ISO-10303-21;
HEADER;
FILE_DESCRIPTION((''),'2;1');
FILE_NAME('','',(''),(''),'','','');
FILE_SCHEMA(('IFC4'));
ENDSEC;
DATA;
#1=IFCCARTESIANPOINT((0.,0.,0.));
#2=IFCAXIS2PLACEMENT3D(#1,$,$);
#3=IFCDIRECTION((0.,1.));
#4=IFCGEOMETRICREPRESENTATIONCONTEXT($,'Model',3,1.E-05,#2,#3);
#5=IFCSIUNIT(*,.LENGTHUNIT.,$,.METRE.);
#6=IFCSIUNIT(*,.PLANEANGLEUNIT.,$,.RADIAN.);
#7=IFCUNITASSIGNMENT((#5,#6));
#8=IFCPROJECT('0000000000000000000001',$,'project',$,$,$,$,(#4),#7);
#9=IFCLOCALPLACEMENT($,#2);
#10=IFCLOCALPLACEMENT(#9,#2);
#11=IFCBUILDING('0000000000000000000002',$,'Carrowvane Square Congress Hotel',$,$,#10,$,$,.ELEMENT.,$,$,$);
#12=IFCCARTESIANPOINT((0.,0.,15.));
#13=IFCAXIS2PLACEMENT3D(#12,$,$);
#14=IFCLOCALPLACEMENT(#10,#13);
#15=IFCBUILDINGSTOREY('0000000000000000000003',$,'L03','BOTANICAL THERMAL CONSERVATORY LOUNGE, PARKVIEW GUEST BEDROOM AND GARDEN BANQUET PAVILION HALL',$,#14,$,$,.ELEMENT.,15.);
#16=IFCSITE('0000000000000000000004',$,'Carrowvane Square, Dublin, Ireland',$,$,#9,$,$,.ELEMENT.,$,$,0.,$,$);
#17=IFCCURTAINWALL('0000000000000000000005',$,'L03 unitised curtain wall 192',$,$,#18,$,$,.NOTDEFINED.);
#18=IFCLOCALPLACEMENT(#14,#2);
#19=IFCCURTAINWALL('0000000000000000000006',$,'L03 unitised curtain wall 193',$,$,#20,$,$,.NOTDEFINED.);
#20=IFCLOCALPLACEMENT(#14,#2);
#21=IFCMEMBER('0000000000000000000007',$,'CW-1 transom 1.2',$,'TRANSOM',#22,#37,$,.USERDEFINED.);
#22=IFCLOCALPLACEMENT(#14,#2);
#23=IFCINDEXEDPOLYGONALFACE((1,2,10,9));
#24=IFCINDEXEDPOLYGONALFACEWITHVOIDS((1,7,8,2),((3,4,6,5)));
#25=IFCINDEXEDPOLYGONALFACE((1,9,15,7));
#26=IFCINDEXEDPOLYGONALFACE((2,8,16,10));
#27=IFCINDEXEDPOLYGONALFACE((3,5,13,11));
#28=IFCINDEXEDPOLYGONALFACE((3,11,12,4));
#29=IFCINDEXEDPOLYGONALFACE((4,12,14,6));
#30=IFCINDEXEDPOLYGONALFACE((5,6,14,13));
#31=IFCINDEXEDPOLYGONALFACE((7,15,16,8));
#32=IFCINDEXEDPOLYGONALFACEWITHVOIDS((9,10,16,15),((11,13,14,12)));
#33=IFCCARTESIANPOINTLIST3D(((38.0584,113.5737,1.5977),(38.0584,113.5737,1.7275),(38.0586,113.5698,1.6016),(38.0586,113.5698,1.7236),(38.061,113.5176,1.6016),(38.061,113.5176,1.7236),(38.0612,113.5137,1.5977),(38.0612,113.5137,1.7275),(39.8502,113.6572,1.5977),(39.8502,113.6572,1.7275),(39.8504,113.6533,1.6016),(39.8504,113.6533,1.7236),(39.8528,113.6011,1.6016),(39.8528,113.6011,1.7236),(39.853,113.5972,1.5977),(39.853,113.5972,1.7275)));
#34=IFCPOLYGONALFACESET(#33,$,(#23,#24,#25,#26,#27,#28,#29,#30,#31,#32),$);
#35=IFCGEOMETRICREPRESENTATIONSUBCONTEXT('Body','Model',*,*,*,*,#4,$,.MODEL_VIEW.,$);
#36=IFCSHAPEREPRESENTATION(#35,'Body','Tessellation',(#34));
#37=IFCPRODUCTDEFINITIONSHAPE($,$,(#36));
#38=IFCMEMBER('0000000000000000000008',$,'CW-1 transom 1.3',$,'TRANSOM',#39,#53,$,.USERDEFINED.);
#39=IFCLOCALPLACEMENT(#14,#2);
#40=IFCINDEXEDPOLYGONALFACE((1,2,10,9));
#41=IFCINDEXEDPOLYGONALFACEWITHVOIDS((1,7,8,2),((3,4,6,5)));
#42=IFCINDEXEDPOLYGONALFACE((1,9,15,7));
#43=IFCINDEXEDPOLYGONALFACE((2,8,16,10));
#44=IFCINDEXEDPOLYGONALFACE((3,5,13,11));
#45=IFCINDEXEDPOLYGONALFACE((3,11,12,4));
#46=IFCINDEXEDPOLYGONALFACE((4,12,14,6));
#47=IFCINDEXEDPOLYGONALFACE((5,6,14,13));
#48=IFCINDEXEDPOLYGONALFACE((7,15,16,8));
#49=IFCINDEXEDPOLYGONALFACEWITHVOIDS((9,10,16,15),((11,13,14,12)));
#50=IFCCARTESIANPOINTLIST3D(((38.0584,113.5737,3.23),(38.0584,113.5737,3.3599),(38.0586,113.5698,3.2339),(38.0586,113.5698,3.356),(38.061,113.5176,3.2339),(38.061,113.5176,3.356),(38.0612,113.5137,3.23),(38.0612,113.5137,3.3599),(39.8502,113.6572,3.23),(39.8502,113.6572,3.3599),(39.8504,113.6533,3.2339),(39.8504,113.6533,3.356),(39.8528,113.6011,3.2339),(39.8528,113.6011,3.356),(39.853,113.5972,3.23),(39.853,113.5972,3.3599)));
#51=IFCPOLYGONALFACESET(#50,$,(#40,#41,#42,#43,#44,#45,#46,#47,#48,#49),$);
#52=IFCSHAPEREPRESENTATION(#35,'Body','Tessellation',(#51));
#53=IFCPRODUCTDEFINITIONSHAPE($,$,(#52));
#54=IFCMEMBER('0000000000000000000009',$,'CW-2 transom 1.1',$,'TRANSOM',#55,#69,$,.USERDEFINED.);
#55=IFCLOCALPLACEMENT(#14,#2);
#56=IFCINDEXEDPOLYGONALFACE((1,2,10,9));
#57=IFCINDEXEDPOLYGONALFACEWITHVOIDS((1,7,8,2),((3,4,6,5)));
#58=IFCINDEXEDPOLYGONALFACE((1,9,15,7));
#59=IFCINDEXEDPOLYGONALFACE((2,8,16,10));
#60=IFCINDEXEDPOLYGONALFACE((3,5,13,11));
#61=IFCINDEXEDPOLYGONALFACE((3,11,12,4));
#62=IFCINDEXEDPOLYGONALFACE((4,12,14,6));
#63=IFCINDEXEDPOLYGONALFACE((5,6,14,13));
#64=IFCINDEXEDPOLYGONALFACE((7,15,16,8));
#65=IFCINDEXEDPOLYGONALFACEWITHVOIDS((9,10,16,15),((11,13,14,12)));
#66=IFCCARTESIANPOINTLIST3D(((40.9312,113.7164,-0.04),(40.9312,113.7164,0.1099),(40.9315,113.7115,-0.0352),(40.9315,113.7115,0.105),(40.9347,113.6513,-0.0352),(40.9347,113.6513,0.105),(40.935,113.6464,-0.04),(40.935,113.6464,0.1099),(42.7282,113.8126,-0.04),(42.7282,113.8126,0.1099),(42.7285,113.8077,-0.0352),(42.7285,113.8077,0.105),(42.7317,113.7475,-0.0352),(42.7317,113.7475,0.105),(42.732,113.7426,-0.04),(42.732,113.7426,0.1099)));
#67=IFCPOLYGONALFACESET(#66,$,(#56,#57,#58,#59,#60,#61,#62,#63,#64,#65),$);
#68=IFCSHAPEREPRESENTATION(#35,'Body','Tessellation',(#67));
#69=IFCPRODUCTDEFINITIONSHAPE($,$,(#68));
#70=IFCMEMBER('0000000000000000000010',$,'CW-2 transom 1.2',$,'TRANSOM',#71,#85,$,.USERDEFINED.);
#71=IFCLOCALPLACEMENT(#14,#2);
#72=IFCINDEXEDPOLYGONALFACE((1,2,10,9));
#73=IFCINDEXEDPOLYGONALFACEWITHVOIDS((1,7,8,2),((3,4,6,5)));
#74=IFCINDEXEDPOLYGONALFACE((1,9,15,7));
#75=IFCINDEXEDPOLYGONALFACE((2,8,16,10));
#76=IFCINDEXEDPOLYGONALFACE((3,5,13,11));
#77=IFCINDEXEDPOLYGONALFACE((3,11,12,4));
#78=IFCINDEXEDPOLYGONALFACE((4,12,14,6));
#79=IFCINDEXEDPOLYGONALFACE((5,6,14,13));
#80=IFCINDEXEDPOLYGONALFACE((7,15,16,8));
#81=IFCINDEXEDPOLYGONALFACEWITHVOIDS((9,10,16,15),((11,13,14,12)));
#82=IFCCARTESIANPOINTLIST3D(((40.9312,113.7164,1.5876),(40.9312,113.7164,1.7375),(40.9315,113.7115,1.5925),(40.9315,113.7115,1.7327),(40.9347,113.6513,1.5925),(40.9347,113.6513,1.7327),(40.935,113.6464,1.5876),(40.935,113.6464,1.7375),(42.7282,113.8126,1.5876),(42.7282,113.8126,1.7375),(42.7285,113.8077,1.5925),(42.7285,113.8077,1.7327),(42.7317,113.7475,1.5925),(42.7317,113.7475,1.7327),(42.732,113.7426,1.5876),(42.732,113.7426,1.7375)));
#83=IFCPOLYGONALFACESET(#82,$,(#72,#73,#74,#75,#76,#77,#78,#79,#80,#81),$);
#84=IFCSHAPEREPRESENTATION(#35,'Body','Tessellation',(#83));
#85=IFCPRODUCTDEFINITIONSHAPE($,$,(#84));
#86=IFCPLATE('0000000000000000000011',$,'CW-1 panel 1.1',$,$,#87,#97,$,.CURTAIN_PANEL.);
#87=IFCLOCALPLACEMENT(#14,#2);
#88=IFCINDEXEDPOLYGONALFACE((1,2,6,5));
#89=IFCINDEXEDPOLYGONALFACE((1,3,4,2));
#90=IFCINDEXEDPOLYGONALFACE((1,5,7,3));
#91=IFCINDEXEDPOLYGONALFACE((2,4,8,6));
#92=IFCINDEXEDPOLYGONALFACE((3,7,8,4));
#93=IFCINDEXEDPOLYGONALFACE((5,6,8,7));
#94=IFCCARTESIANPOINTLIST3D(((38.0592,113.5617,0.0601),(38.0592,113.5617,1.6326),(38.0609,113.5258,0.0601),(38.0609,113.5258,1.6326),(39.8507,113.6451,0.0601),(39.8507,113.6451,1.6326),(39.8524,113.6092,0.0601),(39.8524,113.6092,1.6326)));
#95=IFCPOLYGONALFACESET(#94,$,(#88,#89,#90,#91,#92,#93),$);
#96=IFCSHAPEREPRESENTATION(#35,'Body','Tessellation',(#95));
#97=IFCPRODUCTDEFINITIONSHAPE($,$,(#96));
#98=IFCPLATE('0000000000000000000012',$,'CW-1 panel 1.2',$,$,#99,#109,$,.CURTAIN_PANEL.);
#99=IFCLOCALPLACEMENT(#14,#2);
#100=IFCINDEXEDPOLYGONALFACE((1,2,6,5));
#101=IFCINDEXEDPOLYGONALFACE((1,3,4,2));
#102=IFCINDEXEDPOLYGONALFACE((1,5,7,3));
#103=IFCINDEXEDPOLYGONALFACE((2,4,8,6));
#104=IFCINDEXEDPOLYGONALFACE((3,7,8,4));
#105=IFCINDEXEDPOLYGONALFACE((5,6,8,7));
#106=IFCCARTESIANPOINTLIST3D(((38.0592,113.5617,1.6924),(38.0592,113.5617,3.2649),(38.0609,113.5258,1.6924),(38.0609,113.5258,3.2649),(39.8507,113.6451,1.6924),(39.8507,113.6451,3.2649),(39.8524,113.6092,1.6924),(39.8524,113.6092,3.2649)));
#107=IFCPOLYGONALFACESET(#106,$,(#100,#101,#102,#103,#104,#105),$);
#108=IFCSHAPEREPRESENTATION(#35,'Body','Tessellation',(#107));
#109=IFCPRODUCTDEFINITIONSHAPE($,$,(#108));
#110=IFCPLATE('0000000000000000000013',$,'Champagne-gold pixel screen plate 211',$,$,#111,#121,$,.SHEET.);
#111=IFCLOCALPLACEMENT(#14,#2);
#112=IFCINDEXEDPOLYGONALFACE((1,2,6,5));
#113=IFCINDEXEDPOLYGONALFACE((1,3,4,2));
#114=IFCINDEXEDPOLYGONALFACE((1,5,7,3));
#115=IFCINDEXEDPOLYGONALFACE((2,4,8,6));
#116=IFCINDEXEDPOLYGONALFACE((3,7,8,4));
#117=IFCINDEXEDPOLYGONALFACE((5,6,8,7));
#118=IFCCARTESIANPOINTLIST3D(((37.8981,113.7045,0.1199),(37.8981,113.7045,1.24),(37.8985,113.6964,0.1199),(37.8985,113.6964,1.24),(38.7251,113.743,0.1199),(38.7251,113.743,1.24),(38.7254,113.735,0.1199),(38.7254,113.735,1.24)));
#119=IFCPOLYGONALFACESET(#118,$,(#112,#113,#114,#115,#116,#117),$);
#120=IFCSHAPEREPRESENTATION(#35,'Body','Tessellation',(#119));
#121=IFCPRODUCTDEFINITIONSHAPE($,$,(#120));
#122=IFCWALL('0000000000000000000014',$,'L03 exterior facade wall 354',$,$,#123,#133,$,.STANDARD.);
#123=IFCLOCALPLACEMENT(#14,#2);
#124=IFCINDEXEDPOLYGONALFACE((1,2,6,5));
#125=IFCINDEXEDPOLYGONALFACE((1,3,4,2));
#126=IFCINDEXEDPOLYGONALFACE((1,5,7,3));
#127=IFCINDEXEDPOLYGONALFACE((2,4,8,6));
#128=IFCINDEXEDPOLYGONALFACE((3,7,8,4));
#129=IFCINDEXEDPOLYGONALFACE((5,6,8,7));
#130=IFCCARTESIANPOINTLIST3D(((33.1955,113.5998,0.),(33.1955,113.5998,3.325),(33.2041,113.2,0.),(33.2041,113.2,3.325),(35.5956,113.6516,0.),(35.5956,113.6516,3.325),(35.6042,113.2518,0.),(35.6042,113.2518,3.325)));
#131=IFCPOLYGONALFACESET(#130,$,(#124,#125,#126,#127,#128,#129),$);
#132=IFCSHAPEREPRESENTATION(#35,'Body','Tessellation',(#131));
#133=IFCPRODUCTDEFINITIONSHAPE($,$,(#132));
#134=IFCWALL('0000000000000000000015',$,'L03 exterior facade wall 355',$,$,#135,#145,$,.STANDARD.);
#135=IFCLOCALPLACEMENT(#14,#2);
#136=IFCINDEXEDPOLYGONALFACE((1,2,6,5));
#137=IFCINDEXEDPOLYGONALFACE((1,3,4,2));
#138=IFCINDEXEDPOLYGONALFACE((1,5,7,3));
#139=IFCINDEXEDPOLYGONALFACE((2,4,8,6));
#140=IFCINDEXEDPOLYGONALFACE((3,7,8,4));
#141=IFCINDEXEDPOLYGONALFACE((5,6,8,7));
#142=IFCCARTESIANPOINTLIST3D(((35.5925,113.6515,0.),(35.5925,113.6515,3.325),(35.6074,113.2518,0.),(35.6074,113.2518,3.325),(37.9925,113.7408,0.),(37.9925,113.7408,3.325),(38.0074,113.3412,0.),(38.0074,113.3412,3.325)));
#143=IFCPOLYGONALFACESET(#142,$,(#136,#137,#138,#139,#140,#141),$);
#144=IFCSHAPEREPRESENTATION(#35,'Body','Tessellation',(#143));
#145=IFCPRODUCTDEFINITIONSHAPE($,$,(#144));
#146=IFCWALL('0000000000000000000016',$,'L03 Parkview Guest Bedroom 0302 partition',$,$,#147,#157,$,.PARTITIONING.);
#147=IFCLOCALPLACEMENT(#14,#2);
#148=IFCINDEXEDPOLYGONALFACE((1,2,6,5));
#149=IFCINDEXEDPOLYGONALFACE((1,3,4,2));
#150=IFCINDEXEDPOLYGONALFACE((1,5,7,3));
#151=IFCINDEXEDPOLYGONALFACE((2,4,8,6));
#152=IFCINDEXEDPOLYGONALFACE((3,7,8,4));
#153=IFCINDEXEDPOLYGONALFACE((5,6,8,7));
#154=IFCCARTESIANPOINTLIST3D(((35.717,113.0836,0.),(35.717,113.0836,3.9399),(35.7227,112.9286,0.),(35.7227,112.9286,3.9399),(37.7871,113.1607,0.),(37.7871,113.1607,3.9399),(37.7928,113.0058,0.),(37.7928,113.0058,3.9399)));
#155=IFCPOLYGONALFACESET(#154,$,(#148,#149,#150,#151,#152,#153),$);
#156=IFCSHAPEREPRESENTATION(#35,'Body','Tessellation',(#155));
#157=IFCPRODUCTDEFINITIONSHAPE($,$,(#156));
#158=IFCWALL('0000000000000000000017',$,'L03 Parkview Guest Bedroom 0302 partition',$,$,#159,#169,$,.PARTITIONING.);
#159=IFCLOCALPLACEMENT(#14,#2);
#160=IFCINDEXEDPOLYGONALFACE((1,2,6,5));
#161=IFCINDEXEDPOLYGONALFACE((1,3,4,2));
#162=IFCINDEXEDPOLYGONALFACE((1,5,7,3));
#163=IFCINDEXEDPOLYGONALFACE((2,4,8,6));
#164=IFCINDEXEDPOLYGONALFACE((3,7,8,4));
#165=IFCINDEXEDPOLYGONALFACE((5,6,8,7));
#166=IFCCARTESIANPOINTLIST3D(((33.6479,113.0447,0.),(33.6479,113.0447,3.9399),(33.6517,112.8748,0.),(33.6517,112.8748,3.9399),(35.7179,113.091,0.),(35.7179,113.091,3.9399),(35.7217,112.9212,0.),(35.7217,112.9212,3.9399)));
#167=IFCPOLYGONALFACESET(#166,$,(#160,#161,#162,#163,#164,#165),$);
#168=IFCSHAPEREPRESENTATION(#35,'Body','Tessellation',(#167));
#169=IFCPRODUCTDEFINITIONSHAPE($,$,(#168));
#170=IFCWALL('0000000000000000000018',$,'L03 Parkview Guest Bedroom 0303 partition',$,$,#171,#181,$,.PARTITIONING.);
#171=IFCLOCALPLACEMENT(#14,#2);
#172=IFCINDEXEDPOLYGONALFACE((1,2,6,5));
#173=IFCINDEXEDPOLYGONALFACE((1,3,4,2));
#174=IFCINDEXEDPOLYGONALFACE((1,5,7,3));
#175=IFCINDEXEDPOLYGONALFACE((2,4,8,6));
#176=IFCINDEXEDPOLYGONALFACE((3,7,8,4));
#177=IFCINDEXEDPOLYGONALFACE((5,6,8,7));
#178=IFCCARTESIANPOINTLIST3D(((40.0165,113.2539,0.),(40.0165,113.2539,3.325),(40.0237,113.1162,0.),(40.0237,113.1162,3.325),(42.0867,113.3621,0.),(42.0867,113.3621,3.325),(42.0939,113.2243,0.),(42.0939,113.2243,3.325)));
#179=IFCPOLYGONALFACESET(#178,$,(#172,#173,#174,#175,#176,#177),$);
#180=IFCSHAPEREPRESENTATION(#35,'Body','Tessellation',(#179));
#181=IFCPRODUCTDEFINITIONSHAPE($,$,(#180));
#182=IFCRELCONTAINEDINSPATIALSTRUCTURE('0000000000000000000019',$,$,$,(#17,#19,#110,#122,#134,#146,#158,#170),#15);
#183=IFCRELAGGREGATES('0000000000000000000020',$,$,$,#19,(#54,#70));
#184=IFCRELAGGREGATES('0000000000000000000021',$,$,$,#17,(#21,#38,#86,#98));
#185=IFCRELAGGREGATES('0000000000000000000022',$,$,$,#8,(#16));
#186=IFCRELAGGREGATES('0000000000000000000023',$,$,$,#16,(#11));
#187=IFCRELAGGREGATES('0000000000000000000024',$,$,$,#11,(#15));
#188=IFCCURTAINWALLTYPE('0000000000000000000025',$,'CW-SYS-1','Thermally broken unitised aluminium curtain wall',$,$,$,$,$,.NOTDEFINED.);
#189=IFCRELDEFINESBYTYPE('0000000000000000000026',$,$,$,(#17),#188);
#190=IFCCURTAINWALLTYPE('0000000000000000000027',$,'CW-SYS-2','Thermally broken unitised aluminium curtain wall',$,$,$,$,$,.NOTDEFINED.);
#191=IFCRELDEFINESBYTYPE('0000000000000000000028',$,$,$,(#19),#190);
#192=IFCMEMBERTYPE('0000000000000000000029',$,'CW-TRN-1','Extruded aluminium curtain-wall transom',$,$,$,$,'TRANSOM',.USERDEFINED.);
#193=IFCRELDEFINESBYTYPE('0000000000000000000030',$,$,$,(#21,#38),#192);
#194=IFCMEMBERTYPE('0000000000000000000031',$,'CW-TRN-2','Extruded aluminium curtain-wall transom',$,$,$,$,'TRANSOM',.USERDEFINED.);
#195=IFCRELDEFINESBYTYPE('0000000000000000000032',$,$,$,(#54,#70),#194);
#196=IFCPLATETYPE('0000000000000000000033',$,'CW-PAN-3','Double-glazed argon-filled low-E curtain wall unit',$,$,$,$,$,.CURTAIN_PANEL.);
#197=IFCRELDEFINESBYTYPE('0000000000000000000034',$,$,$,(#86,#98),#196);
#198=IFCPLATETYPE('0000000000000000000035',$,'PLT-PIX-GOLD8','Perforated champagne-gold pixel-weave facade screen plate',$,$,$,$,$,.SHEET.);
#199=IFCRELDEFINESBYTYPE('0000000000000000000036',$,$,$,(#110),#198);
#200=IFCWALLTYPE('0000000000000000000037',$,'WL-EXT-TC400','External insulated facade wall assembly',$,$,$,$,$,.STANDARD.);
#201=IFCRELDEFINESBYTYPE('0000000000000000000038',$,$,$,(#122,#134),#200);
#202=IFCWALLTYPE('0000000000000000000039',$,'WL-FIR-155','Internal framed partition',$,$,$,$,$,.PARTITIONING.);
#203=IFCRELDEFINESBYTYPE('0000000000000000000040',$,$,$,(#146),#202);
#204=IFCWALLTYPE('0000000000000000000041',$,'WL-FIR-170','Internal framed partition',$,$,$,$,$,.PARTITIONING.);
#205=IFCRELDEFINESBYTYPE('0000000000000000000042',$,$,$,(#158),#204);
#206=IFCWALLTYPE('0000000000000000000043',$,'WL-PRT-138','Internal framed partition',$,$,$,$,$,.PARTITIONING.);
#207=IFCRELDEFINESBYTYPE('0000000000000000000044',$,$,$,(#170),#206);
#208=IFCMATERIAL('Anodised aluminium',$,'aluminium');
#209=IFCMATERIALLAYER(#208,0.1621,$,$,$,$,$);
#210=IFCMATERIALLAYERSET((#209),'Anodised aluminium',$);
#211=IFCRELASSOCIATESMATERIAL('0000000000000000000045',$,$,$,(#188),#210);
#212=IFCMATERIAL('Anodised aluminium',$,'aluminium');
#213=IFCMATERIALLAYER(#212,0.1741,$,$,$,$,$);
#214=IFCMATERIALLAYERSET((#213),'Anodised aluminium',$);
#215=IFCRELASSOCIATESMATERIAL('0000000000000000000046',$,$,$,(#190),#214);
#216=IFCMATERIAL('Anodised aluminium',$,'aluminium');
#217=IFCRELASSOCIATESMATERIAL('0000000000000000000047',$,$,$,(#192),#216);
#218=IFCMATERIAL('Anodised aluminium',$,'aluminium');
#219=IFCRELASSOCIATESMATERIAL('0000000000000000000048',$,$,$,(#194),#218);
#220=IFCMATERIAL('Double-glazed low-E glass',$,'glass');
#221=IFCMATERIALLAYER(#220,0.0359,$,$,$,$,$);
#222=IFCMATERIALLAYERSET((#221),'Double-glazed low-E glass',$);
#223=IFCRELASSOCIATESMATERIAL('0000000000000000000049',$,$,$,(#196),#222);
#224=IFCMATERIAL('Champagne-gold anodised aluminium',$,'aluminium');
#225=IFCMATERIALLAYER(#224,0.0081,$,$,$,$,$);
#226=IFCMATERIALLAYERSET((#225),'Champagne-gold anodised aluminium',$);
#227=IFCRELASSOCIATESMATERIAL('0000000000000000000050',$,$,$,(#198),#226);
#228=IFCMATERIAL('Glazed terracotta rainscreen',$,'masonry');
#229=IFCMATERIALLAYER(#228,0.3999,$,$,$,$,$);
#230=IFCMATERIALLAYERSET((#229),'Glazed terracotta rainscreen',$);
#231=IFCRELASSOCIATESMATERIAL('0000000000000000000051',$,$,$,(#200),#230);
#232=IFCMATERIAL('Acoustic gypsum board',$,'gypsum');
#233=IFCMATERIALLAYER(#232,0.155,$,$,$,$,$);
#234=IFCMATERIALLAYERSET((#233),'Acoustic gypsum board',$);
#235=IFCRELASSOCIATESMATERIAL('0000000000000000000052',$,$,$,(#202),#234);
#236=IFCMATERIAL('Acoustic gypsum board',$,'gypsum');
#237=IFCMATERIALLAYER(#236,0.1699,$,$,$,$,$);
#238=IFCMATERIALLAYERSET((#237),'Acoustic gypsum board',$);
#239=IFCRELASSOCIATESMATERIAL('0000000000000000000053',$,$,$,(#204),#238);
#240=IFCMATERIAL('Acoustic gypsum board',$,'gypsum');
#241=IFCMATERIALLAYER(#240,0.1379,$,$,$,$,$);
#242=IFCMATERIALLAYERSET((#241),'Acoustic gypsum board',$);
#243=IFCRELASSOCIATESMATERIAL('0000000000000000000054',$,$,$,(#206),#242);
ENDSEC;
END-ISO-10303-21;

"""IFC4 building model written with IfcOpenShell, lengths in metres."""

from ifc_helpers import new_model, si_unit, direction, frame, frame_2d, origin, origin_2d, place, context, subcontext, project, spatial, rectangle, hollow_rectangle, extrude, material, layer, layer_set, material_profile, profile_set, type_object, element, aggregate, save


model = new_model("IFC4")

# Units and contexts
model_context = context("Model", 3, precision=1e-05, world=origin(), true_north=direction((0.0, 1.0)))
body_context = subcontext(model_context, "Body", "Model", "MODEL_VIEW")
ifc_project = project(units=[si_unit("LENGTHUNIT", "METRE"), si_unit("PLANEANGLEUNIT", "RADIAN")], contexts=[model_context])

# Site, building, storey
site_placement = place(None, origin())
site = spatial("IfcSite", under=ifc_project, at=site_placement, Name="Carrowvane Square, Dublin, Ireland", CompositionType="ELEMENT", RefElevation=0.0)
building_placement = place(site_placement, origin())
building = spatial("IfcBuilding", under=site, at=building_placement, Name="Carrowvane Square Congress Hotel", CompositionType="ELEMENT")
storey_placement = place(building_placement, frame((0.0, 0.0, 15.0)))
storey = spatial("IfcBuildingStorey", under=building, at=storey_placement, Name="L03", Description="BOTANICAL THERMAL CONSERVATORY LOUNGE, PARKVIEW GUEST BEDROOM AND GARDEN BANQUET PAVILION HALL", CompositionType="ELEMENT", Elevation=15.0)

# Curtain wall
ifc_material_1 = material(Name="Anodised aluminium", Category="aluminium")
ifc_layer_1 = layer(ifc_material_1, 0.1621)
ifc_layer_set_1 = layer_set([ifc_layer_1], Name="Anodised aluminium")
curtain_wall_type_1 = type_object("IfcCurtainWallType", Name="CW-SYS-1", Description="Thermally broken unitised aluminium curtain wall", PredefinedType="NOTDEFINED", material=ifc_layer_set_1)
curtain_wall_1_placement = place(storey_placement, origin())
curtain_wall_1 = element("IfcCurtainWall", 1, at=curtain_wall_1_placement, inside=storey, type_object=curtain_wall_type_1, Name="L03 unitised curtain wall 192", PredefinedType="NOTDEFINED")

# Curtain wall
ifc_material_2 = material(Name="Anodised aluminium", Category="aluminium")
ifc_layer_2 = layer(ifc_material_2, 0.1741)
ifc_layer_set_2 = layer_set([ifc_layer_2], Name="Anodised aluminium")
curtain_wall_type_2 = type_object("IfcCurtainWallType", Name="CW-SYS-2", Description="Thermally broken unitised aluminium curtain wall", PredefinedType="NOTDEFINED", material=ifc_layer_set_2)
curtain_wall_2_placement = place(storey_placement, origin())
curtain_wall_2 = element("IfcCurtainWall", 2, at=curtain_wall_2_placement, inside=storey, type_object=curtain_wall_type_2, Name="L03 unitised curtain wall 193", PredefinedType="NOTDEFINED")

# Members
ifc_material_3 = material(Name="Anodised aluminium", Category="aluminium")
ifc_material_profile_1 = material_profile(ifc_material_3, hollow_rectangle(XDim=0.0601, YDim=0.1299, WallThickness=0.0039, at=origin_2d()), Name="CW-TR 60x130x4")
ifc_profile_set_1 = profile_set([ifc_material_profile_1], Name="Anodised aluminium")
member_type_1 = type_object("IfcMemberType", Name="CW-TRN-1", Description="Extruded aluminium curtain-wall transom", ElementType="TRANSOM", PredefinedType="USERDEFINED", material=ifc_profile_set_1)
member_1_placement = place(storey_placement, frame((38.0598, 113.5437, 1.6626), z_axis=(0.998916, 0.04655, 0.0), x_axis=(-0.04655, 0.998916, 0.0)))
member_1 = element("IfcMember", 3, at=member_1_placement, type_object=member_type_1, Name="CW-1 transom 1.2", ObjectType="TRANSOM", PredefinedType="USERDEFINED", context=body_context, shape_type="SweptSolid", body=[
    extrude(hollow_rectangle(XDim=0.0601, YDim=0.1299, WallThickness=0.0039, at=origin_2d()), origin(), (0.0, 0.0, 1.0), 1.7937),
])
member_2_placement = place(storey_placement, frame((38.0598, 113.5437, 3.2949), z_axis=(0.998916, 0.04655, 0.0), x_axis=(-0.04655, 0.998916, 0.0)))
member_2 = element("IfcMember", 4, at=member_2_placement, type_object=member_type_1, Name="CW-1 transom 1.3", ObjectType="TRANSOM", PredefinedType="USERDEFINED", context=body_context, shape_type="SweptSolid", body=[
    extrude(hollow_rectangle(XDim=0.0601, YDim=0.1299, WallThickness=0.0039, at=origin_2d()), origin(), (0.0, 0.0, 1.0), 1.7937),
])
ifc_material_4 = material(Name="Anodised aluminium", Category="aluminium")
ifc_material_profile_2 = material_profile(ifc_material_4, hollow_rectangle(XDim=0.0701, YDim=0.1499, WallThickness=0.0049, at=origin_2d()), Name="CW-TR 70x150x5")
ifc_profile_set_2 = profile_set([ifc_material_profile_2], Name="Anodised aluminium")
member_type_2 = type_object("IfcMemberType", Name="CW-TRN-2", Description="Extruded aluminium curtain-wall transom", ElementType="TRANSOM", PredefinedType="USERDEFINED", material=ifc_profile_set_2)
member_3_placement = place(storey_placement, frame((40.9331, 113.6814, 0.0349), z_axis=(0.99857, 0.053456, 0.0), x_axis=(-0.053456, 0.99857, 0.0)))
member_3 = element("IfcMember", 5, at=member_3_placement, type_object=member_type_2, Name="CW-2 transom 1.1", ObjectType="TRANSOM", PredefinedType="USERDEFINED", context=body_context, shape_type="SweptSolid", body=[
    extrude(hollow_rectangle(XDim=0.0701, YDim=0.1499, WallThickness=0.0049, at=origin_2d()), origin(), (0.0, 0.0, 1.0), 1.7996),
])
member_4_placement = place(storey_placement, frame((40.9331, 113.6814, 1.6626), z_axis=(0.99857, 0.053456, 0.0), x_axis=(-0.053456, 0.99857, 0.0)))
member_4 = element("IfcMember", 6, at=member_4_placement, type_object=member_type_2, Name="CW-2 transom 1.2", ObjectType="TRANSOM", PredefinedType="USERDEFINED", context=body_context, shape_type="SweptSolid", body=[
    extrude(hollow_rectangle(XDim=0.0701, YDim=0.1499, WallThickness=0.0049, at=origin_2d()), origin(), (0.0, 0.0, 1.0), 1.7996),
])
aggregate(curtain_wall_2, [member_3, member_4])

# Plates
ifc_material_5 = material(Name="Double-glazed low-E glass", Category="glass")
ifc_layer_3 = layer(ifc_material_5, 0.0359)
ifc_layer_set_3 = layer_set([ifc_layer_3], Name="Double-glazed low-E glass")
plate_type_1 = type_object("IfcPlateType", Name="CW-PAN-3", Description="Double-glazed argon-filled low-E curtain wall unit", PredefinedType="CURTAIN_PANEL", material=ifc_layer_set_3)
plate_1_placement = place(storey_placement, frame((38.9558, 113.5854, 0.0601), z_axis=(0.0, 0.0, 1.0), x_axis=(0.998917, 0.046522, 0.0)))
plate_1 = element("IfcPlate", 7, at=plate_1_placement, type_object=plate_type_1, Name="CW-1 panel 1.1", PredefinedType="CURTAIN_PANEL", context=body_context, shape_type="SweptSolid", body=[
    extrude(rectangle(XDim=1.7935, YDim=0.0359, at=origin_2d()), origin(), (0.0, 0.0, 1.0), 1.5725),
])
plate_2_placement = place(storey_placement, frame((38.9558, 113.5854, 1.6924), z_axis=(0.0, 0.0, 1.0), x_axis=(0.998917, 0.046522, 0.0)))
plate_2 = element("IfcPlate", 8, at=plate_2_placement, type_object=plate_type_1, Name="CW-1 panel 1.2", PredefinedType="CURTAIN_PANEL", context=body_context, shape_type="SweptSolid", body=[
    extrude(rectangle(XDim=1.7935, YDim=0.0359, at=origin_2d()), origin(), (0.0, 0.0, 1.0), 1.5725),
])
aggregate(curtain_wall_1, [member_1, member_2, plate_1, plate_2])
ifc_material_6 = material(Name="Champagne-gold anodised aluminium", Category="aluminium")
ifc_layer_4 = layer(ifc_material_6, 0.0081)
ifc_layer_set_4 = layer_set([ifc_layer_4], Name="Champagne-gold anodised aluminium")
plate_type_2 = type_object("IfcPlateType", Name="PLT-PIX-GOLD8", Description="Perforated champagne-gold pixel-weave facade screen plate", PredefinedType="SHEET", material=ifc_layer_set_4)
plate_3_placement = place(storey_placement, frame((38.3118, 113.7197, 0.1199), z_axis=(0.0, 0.0, 1.0), x_axis=(0.998917, 0.046521, 0.0)))
element("IfcPlate", 9, at=plate_3_placement, inside=storey, type_object=plate_type_2, Name="Champagne-gold pixel screen plate 211", PredefinedType="SHEET", context=body_context, shape_type="SweptSolid", body=[
    extrude(rectangle(XDim=0.8279, YDim=0.0081, at=origin_2d()), origin(), (0.0, 0.0, 1.0), 1.1201),
])

# Walls
ifc_material_7 = material(Name="Glazed terracotta rainscreen", Category="masonry")
ifc_layer_5 = layer(ifc_material_7, 0.3999)
ifc_layer_set_5 = layer_set([ifc_layer_5], Name="Glazed terracotta rainscreen")
wall_type_1 = type_object("IfcWallType", Name="WL-EXT-TC400", Description="External insulated facade wall assembly", PredefinedType="STANDARD", material=ifc_layer_set_5)
wall_1_placement = place(storey_placement, frame((33.2, 113.3999, 0.0), z_axis=(0.0, 0.0, 1.0), x_axis=(0.999768, 0.021559, 0.0)))
element("IfcWall", 10, at=wall_1_placement, inside=storey, type_object=wall_type_1, Name="L03 exterior facade wall 354", PredefinedType="STANDARD", context=body_context, shape_type="SweptSolid", body=[
    extrude(rectangle(XDim=2.4006, YDim=0.3999, at=frame_2d((1.2002, 0.0))), origin(), (0.0, 0.0, 1.0), 3.325),
])
wall_2_placement = place(storey_placement, frame((35.6001, 113.4517, 0.0), z_axis=(0.0, 0.0, 1.0), x_axis=(0.999308, 0.037207, 0.0)))
element("IfcWall", 11, at=wall_2_placement, inside=storey, type_object=wall_type_1, Name="L03 exterior facade wall 355", PredefinedType="STANDARD", context=body_context, shape_type="SweptSolid", body=[
    extrude(rectangle(XDim=2.4016, YDim=0.3999, at=frame_2d((1.2007, 0.0))), origin(), (0.0, 0.0, 1.0), 3.325),
])
ifc_material_8 = material(Name="Acoustic gypsum board", Category="gypsum")
ifc_layer_6 = layer(ifc_material_8, 0.155)
ifc_layer_set_6 = layer_set([ifc_layer_6], Name="Acoustic gypsum board")
wall_type_2 = type_object("IfcWallType", Name="WL-FIR-155", Description="Internal framed partition", PredefinedType="PARTITIONING", material=ifc_layer_set_6)
wall_3_placement = place(storey_placement, frame((35.72, 113.0061, 0.0), z_axis=(0.0, 0.0, 1.0), x_axis=(0.999306, 0.037243, 0.0)))
element("IfcWall", 12, at=wall_3_placement, inside=storey, type_object=wall_type_2, Name="L03 Parkview Guest Bedroom 0302 partition", PredefinedType="PARTITIONING", context=body_context, shape_type="SweptSolid", body=[
    extrude(rectangle(XDim=2.0715, YDim=0.155, at=frame_2d((1.0356, 0.0))), origin(), (0.0, 0.0, 1.0), 3.9399),
])
ifc_material_9 = material(Name="Acoustic gypsum board", Category="gypsum")
ifc_layer_7 = layer(ifc_material_9, 0.1699)
ifc_layer_set_7 = layer_set([ifc_layer_7], Name="Acoustic gypsum board")
wall_type_3 = type_object("IfcWallType", Name="WL-FIR-170", Description="Internal framed partition", PredefinedType="PARTITIONING", material=ifc_layer_set_7)
wall_4_placement = place(storey_placement, frame((33.6499, 112.9597, 0.0), z_axis=(0.0, 0.0, 1.0), x_axis=(0.999749, 0.022403, 0.0)))
element("IfcWall", 13, at=wall_4_placement, inside=storey, type_object=wall_type_3, Name="L03 Parkview Guest Bedroom 0302 partition", PredefinedType="PARTITIONING", context=body_context, shape_type="SweptSolid", body=[
    extrude(rectangle(XDim=2.0706, YDim=0.1699, at=frame_2d((1.0352, 0.0))), origin(), (0.0, 0.0, 1.0), 3.9399),
])
ifc_material_10 = material(Name="Acoustic gypsum board", Category="gypsum")
ifc_layer_8 = layer(ifc_material_10, 0.1379)
ifc_layer_set_8 = layer_set([ifc_layer_8], Name="Acoustic gypsum board")
wall_type_4 = type_object("IfcWallType", Name="WL-PRT-138", Description="Internal framed partition", PredefinedType="PARTITIONING", material=ifc_layer_set_8)
wall_5_placement = place(storey_placement, frame((40.02, 113.1851, 0.0), z_axis=(0.0, 0.0, 1.0), x_axis=(0.998638, 0.052176, 0.0)))
element("IfcWall", 14, at=wall_5_placement, inside=storey, type_object=wall_type_4, Name="L03 Parkview Guest Bedroom 0303 partition", PredefinedType="PARTITIONING", context=body_context, shape_type="SweptSolid", body=[
    extrude(rectangle(XDim=2.073, YDim=0.1379, at=frame_2d((1.0366, 0.0))), origin(), (0.0, 0.0, 1.0), 3.325),
])

save(model, "model.ifc")
